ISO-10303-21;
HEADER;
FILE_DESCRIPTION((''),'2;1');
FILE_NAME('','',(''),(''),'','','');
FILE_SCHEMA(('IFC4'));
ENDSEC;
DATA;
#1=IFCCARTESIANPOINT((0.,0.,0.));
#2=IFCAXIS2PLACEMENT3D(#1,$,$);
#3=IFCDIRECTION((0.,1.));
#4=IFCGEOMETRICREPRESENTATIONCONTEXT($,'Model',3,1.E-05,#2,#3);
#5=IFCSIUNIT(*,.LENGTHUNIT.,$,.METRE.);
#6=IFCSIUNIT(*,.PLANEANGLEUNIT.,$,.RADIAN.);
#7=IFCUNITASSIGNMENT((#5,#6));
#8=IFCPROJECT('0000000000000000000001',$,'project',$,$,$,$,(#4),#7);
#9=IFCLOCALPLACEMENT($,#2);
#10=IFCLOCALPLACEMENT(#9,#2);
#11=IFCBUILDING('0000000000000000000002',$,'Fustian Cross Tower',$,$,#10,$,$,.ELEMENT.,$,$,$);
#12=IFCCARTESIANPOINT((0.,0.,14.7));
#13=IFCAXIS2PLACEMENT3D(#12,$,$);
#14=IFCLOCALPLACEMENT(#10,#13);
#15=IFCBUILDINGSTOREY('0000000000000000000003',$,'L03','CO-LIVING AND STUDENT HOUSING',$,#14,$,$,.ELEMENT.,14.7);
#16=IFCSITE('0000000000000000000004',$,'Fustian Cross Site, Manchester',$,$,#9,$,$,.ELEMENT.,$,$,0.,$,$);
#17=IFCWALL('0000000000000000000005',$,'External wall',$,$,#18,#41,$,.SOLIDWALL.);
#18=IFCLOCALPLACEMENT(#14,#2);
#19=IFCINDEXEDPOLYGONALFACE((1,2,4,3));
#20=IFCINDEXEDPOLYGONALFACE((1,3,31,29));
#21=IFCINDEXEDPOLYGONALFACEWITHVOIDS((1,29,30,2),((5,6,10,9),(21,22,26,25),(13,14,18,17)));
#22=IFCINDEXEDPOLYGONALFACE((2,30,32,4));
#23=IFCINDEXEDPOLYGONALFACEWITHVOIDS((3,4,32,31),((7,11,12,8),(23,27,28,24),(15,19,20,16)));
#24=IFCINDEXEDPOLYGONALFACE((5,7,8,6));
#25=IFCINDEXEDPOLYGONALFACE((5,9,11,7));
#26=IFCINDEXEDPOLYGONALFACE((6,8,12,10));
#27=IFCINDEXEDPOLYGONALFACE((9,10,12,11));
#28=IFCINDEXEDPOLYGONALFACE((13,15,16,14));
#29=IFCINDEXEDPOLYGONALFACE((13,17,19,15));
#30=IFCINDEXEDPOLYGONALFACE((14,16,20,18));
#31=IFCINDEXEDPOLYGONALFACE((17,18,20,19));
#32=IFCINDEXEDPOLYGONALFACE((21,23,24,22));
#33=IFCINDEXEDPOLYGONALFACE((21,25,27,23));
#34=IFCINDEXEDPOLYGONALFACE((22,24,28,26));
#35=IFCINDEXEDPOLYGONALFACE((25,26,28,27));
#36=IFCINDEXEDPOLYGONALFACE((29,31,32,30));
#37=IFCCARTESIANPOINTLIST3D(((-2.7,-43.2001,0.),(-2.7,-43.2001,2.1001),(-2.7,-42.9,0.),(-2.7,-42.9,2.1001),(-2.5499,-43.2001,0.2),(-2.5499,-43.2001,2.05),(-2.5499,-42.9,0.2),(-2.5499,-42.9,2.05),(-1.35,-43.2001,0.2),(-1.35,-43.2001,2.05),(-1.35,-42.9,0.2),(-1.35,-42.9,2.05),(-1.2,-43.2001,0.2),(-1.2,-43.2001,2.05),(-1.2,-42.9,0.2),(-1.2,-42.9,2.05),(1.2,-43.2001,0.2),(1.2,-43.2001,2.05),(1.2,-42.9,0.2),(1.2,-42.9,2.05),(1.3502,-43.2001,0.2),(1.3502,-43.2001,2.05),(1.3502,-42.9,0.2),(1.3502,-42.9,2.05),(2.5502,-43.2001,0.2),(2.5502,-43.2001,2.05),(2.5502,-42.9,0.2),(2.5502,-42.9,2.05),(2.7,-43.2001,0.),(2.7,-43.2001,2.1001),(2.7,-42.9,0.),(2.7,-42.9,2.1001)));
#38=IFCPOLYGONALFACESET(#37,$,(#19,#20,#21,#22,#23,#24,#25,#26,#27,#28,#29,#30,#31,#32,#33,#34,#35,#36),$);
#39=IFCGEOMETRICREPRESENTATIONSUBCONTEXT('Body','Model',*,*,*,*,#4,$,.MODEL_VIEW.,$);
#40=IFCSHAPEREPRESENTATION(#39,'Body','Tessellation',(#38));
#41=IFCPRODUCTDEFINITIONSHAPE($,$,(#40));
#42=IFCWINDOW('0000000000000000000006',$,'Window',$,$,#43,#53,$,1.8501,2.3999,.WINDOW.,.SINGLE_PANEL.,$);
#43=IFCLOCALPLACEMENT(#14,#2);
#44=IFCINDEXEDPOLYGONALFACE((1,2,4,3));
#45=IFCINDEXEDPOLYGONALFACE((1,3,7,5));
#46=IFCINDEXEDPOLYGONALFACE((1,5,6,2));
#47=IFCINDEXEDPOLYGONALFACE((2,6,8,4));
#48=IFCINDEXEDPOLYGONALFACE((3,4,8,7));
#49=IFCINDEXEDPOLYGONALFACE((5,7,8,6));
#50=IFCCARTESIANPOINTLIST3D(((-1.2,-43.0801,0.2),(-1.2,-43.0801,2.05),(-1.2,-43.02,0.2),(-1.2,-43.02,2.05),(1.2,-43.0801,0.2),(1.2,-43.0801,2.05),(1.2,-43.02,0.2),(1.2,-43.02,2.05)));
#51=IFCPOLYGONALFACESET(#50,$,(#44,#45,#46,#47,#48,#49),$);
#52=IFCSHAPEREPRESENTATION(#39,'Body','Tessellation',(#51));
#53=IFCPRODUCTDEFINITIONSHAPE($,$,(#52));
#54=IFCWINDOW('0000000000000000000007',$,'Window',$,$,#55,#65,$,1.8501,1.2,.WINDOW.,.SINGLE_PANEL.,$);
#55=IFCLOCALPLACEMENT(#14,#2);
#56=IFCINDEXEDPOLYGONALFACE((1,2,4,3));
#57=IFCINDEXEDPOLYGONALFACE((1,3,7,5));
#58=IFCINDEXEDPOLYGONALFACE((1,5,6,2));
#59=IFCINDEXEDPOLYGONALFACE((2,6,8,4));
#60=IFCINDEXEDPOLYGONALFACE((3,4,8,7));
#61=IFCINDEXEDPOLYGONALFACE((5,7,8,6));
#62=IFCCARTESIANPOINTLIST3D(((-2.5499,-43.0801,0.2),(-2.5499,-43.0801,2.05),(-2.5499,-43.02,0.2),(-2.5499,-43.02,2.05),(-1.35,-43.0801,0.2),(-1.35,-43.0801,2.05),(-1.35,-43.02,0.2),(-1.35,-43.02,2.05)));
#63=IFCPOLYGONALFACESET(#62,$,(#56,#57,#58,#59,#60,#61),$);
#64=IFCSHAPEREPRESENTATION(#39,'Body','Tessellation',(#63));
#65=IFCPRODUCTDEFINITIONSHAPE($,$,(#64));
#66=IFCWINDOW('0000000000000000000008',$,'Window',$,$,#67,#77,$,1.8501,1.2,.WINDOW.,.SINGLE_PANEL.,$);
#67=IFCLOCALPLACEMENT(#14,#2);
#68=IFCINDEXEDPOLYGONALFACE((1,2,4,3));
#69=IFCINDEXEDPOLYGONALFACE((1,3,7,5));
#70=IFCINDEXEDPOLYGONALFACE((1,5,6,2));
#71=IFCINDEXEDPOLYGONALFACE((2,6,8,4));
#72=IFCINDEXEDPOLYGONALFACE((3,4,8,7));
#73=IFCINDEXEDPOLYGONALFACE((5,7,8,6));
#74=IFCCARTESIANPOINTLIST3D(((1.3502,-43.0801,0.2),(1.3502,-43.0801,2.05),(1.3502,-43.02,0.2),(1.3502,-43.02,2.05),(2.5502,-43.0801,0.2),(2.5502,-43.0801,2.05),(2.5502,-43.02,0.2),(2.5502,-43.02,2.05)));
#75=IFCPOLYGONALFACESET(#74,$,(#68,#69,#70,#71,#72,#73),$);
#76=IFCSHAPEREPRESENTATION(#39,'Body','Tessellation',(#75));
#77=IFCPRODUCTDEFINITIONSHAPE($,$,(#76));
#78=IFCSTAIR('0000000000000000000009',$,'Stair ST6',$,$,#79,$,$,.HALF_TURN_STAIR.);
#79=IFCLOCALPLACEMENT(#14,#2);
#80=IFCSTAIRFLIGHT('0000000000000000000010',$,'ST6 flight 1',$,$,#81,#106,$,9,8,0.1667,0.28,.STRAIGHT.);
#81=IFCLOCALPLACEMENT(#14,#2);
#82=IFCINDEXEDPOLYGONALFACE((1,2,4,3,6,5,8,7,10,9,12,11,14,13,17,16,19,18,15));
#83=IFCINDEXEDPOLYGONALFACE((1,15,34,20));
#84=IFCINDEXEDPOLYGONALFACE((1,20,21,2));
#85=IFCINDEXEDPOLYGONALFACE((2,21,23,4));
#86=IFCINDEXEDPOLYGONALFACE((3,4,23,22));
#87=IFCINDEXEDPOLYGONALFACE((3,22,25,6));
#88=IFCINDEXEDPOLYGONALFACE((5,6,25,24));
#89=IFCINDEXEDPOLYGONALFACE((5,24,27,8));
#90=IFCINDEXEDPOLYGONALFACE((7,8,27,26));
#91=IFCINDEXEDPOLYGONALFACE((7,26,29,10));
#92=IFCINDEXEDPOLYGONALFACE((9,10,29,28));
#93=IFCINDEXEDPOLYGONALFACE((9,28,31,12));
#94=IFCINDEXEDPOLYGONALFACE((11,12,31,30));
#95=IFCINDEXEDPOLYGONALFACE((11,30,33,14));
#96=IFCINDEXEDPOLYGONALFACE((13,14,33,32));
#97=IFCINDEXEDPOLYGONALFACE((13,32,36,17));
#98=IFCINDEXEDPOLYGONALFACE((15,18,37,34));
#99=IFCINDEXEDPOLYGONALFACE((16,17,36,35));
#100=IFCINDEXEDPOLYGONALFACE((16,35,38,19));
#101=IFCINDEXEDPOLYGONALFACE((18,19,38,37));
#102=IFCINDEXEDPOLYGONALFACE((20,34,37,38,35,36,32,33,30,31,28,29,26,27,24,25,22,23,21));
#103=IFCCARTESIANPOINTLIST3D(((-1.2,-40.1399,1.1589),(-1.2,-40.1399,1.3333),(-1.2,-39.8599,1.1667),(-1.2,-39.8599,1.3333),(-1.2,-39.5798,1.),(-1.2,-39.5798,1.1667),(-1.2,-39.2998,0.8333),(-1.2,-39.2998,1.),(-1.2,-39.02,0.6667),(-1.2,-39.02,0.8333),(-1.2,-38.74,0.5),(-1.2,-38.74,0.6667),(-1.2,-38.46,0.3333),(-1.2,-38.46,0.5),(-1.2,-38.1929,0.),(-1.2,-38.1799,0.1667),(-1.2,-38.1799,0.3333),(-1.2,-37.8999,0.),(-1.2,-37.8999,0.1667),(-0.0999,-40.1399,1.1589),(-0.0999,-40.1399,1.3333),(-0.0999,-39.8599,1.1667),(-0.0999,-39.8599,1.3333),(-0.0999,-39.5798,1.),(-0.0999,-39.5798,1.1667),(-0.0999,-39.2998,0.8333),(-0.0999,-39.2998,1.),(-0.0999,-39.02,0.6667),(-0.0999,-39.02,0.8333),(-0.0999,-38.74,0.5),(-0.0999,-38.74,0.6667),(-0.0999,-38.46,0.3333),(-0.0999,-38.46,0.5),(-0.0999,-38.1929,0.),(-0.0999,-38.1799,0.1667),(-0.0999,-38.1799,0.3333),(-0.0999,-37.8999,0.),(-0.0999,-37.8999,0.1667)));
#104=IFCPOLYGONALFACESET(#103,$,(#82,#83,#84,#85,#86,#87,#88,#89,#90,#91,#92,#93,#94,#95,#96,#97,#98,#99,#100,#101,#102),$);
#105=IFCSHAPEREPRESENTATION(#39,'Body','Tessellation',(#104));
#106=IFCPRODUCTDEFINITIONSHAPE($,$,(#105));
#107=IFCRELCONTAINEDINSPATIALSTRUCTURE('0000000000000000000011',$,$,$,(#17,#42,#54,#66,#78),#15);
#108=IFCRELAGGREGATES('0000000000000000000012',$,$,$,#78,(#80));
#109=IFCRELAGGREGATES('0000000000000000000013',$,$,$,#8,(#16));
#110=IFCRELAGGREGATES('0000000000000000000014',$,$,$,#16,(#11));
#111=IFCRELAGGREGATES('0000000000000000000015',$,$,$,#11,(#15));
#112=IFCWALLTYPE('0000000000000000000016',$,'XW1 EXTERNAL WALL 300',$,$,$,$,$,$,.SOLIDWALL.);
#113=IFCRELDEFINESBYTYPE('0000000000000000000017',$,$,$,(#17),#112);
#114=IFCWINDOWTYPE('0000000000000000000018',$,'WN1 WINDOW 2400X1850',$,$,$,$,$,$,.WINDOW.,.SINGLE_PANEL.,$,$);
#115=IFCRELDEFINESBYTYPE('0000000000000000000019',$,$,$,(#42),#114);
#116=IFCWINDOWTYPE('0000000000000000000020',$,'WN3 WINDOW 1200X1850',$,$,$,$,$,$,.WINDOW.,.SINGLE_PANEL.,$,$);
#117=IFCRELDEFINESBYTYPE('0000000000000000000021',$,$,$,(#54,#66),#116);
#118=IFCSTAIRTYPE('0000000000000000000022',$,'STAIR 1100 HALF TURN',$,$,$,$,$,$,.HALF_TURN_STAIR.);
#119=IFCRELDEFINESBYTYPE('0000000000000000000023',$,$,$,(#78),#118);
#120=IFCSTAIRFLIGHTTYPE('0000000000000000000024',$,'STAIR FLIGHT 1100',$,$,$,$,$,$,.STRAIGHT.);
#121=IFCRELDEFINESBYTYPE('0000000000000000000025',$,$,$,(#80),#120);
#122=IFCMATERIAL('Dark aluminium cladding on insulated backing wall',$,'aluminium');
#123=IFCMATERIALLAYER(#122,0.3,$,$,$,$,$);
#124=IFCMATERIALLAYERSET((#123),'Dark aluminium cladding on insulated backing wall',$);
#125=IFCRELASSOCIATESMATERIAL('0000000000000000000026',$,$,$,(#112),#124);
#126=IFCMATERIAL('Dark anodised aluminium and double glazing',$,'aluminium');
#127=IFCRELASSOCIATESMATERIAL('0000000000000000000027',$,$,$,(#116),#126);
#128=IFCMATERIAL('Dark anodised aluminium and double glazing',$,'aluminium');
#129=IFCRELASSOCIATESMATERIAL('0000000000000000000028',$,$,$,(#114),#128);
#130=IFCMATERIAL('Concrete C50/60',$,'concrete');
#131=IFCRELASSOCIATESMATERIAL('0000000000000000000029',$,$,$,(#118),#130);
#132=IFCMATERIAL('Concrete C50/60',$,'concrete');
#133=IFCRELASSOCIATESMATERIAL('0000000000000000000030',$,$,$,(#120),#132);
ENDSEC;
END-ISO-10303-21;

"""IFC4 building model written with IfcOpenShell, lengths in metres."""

from ifc_helpers import new_model, si_unit, direction, frame, frame_2d, origin, place, context, subcontext, project, spatial, polyline, rectangle, outline, extrude, material, layer, layer_set, type_object, element, fill, aggregate, save


model = new_model("IFC4")

# Units and contexts
model_context = context("Model", 3, precision=1e-05, world=origin(), true_north=direction((0.0, 1.0)))
body_context = subcontext(model_context, "Body", "Model", "MODEL_VIEW")
ifc_project = project(units=[si_unit("LENGTHUNIT", "METRE"), si_unit("PLANEANGLEUNIT", "RADIAN")], contexts=[model_context])

# Site, building, storey
site_placement = place(None, origin())
site = spatial("IfcSite", under=ifc_project, at=site_placement, Name="Fustian Cross Site, Manchester", CompositionType="ELEMENT", RefElevation=0.0)
building_placement = place(site_placement, origin())
building = spatial("IfcBuilding", under=site, at=building_placement, Name="Fustian Cross Tower", CompositionType="ELEMENT")
storey_placement = place(building_placement, frame((0.0, 0.0, 14.7)))
storey = spatial("IfcBuildingStorey", under=building, at=storey_placement, Name="L03", Description="CO-LIVING AND STUDENT HOUSING", CompositionType="ELEMENT", Elevation=14.7)

# Shared definitions
ifc_material_1 = material(Name="Dark aluminium cladding on insulated backing wall", Category="aluminium")
ifc_layer_1 = layer(ifc_material_1, 0.3)
ifc_layer_set_1 = layer_set([ifc_layer_1], Name="Dark aluminium cladding on insulated backing wall")
wall_type_1 = type_object("IfcWallType", Name="XW1 EXTERNAL WALL 300", PredefinedType="SOLIDWALL", material=ifc_layer_set_1)

# Shared definitions
ifc_material_2 = material(Name="Dark anodised aluminium and double glazing", Category="aluminium")
window_type_1 = type_object("IfcWindowType", Name="WN3 WINDOW 1200X1850", PartitioningType="SINGLE_PANEL", PredefinedType="WINDOW", material=ifc_material_2)

# Wall, openings, windows
wall_1_placement = place(storey_placement, frame((-2.7, -43.05, 0.0), z_axis=(0.0, 0.0, 1.0), x_axis=(1.0, 0.0, 0.0)))
wall_1 = element("IfcWall", 1, at=wall_1_placement, inside=storey, type_object=wall_type_1, Name="External wall", PredefinedType="SOLIDWALL", context=body_context, shape_type="SweptSolid", body=[
    extrude(rectangle(XDim=5.3999, YDim=0.3, at=frame_2d((2.7, 0.0))), origin(), (0.0, 0.0, 1.0), 2.1001),
])
opening_1_placement = place(wall_1_placement, frame((1.5, 0.0, 0.2)))
opening_1 = element("IfcOpeningElement", 2, at=opening_1_placement, cuts=wall_1, PredefinedType="OPENING", context=body_context, shape_type="SweptSolid", body=[
    extrude(rectangle(XDim=2.3999, YDim=1.8501, at=frame_2d((1.2, 0.925))), frame((0.0, 0.1599, 0.0), z_axis=(0.0, -1.0, 0.0), x_axis=(1.0, 0.0, 0.0)), (0.0, 0.0, 1.0), 0.3201),
])
opening_2_placement = place(wall_1_placement, frame((0.1499, 0.0, 0.2)))
opening_2 = element("IfcOpeningElement", 3, at=opening_2_placement, cuts=wall_1, PredefinedType="OPENING", context=body_context, shape_type="SweptSolid", body=[
    extrude(rectangle(XDim=1.2, YDim=1.8501, at=frame_2d((0.6001, 0.925))), frame((0.0, 0.1599, 0.0), z_axis=(0.0, -1.0, 0.0), x_axis=(1.0, 0.0, 0.0)), (0.0, 0.0, 1.0), 0.3201),
])
opening_3_placement = place(wall_1_placement, frame((4.05, 0.0, 0.2)))
opening_3 = element("IfcOpeningElement", 4, at=opening_3_placement, cuts=wall_1, PredefinedType="OPENING", context=body_context, shape_type="SweptSolid", body=[
    extrude(rectangle(XDim=1.2, YDim=1.8501, at=frame_2d((0.6001, 0.925))), frame((0.0, 0.1599, 0.0), z_axis=(0.0, -1.0, 0.0), x_axis=(1.0, 0.0, 0.0)), (0.0, 0.0, 1.0), 0.3201),
])
ifc_material_3 = material(Name="Dark anodised aluminium and double glazing", Category="aluminium")
window_type_2 = type_object("IfcWindowType", Name="WN1 WINDOW 2400X1850", PartitioningType="SINGLE_PANEL", PredefinedType="WINDOW", material=ifc_material_3)
window_1_placement = place(opening_1_placement, origin())
window_1 = element("IfcWindow", 5, at=window_1_placement, inside=storey, type_object=window_type_2, Name="Window", OverallHeight=1.8501, OverallWidth=2.3999, PartitioningType="SINGLE_PANEL", PredefinedType="WINDOW", context=body_context, shape_type="SweptSolid", body=[
    extrude(rectangle(XDim=2.3999, YDim=1.8501, at=frame_2d((1.2, 0.925))), frame((0.0, 0.03, 0.0), z_axis=(0.0, -1.0, 0.0), x_axis=(1.0, 0.0, 0.0)), (0.0, 0.0, 1.0), 0.0601),
])
fill(opening_1, window_1)
window_2_placement = place(opening_2_placement, origin())
window_2 = element("IfcWindow", 6, at=window_2_placement, inside=storey, type_object=window_type_1, Name="Window", OverallHeight=1.8501, OverallWidth=1.2, PartitioningType="SINGLE_PANEL", PredefinedType="WINDOW", context=body_context, shape_type="SweptSolid", body=[
    extrude(rectangle(XDim=1.2, YDim=1.8501, at=frame_2d((0.6001, 0.925))), frame((0.0, 0.03, 0.0), z_axis=(0.0, -1.0, 0.0), x_axis=(1.0, 0.0, 0.0)), (0.0, 0.0, 1.0), 0.0601),
])
fill(opening_2, window_2)
window_3_placement = place(opening_3_placement, origin())
window_3 = element("IfcWindow", 7, at=window_3_placement, inside=storey, type_object=window_type_1, Name="Window", OverallHeight=1.8501, OverallWidth=1.2, PartitioningType="SINGLE_PANEL", PredefinedType="WINDOW", context=body_context, shape_type="SweptSolid", body=[
    extrude(rectangle(XDim=1.2, YDim=1.8501, at=frame_2d((0.6001, 0.925))), frame((0.0, 0.03, 0.0), z_axis=(0.0, -1.0, 0.0), x_axis=(1.0, 0.0, 0.0)), (0.0, 0.0, 1.0), 0.0601),
])
fill(opening_3, window_3)

# Stair, stair flight
ifc_material_4 = material(Name="Concrete C50/60", Category="concrete")
stair_type = type_object("IfcStairType", Name="STAIR 1100 HALF TURN", PredefinedType="HALF_TURN_STAIR", material=ifc_material_4)
stair_placement = place(storey_placement, origin())
stair = element("IfcStair", 8, at=stair_placement, inside=storey, type_object=stair_type, Name="Stair ST6", PredefinedType="HALF_TURN_STAIR")
ifc_material_5 = material(Name="Concrete C50/60", Category="concrete")
stair_flight_type = type_object("IfcStairFlightType", Name="STAIR FLIGHT 1100", PredefinedType="STRAIGHT", material=ifc_material_5)
stair_flight_placement = place(storey_placement, frame((-0.6499, -37.8999, 0.0), z_axis=(0.0, 0.0, 1.0), x_axis=(0.0, -1.0, 0.0)))
stair_flight = element("IfcStairFlight", 9, at=stair_flight_placement, type_object=stair_flight_type, Name="ST6 flight 1", NumberOfRisers=9, NumberOfTreads=8, PredefinedType="STRAIGHT", RiserHeight=0.1667, TreadLength=0.28, context=body_context, shape_type="SweptSolid", body=[
    extrude(outline(polyline([(0.0, 0.0), (0.0, 0.1667), (0.28, 0.1667), (0.28, 0.3333), (0.5601, 0.3333), (0.5601, 0.5), (0.8401, 0.5), (0.8401, 0.6667), (1.1201, 0.6667), (1.1201, 0.8333), (1.3999, 0.8333), (1.3999, 1.0), (1.6799, 1.0), (1.6799, 1.1667), (1.96, 1.1667), (1.96, 1.3333), (2.24, 1.3333), (2.24, 1.5), (2.24, 1.1589), (0.293, 0.0), (0.0, 0.0)])), frame((0.0, 0.55, 0.0), z_axis=(0.0, -1.0, 0.0), x_axis=(1.0, 0.0, 0.0)), (0.0, 0.0, 1.0), 1.1001),
])
aggregate(stair, [stair_flight])

save(model, "model.ifc")
